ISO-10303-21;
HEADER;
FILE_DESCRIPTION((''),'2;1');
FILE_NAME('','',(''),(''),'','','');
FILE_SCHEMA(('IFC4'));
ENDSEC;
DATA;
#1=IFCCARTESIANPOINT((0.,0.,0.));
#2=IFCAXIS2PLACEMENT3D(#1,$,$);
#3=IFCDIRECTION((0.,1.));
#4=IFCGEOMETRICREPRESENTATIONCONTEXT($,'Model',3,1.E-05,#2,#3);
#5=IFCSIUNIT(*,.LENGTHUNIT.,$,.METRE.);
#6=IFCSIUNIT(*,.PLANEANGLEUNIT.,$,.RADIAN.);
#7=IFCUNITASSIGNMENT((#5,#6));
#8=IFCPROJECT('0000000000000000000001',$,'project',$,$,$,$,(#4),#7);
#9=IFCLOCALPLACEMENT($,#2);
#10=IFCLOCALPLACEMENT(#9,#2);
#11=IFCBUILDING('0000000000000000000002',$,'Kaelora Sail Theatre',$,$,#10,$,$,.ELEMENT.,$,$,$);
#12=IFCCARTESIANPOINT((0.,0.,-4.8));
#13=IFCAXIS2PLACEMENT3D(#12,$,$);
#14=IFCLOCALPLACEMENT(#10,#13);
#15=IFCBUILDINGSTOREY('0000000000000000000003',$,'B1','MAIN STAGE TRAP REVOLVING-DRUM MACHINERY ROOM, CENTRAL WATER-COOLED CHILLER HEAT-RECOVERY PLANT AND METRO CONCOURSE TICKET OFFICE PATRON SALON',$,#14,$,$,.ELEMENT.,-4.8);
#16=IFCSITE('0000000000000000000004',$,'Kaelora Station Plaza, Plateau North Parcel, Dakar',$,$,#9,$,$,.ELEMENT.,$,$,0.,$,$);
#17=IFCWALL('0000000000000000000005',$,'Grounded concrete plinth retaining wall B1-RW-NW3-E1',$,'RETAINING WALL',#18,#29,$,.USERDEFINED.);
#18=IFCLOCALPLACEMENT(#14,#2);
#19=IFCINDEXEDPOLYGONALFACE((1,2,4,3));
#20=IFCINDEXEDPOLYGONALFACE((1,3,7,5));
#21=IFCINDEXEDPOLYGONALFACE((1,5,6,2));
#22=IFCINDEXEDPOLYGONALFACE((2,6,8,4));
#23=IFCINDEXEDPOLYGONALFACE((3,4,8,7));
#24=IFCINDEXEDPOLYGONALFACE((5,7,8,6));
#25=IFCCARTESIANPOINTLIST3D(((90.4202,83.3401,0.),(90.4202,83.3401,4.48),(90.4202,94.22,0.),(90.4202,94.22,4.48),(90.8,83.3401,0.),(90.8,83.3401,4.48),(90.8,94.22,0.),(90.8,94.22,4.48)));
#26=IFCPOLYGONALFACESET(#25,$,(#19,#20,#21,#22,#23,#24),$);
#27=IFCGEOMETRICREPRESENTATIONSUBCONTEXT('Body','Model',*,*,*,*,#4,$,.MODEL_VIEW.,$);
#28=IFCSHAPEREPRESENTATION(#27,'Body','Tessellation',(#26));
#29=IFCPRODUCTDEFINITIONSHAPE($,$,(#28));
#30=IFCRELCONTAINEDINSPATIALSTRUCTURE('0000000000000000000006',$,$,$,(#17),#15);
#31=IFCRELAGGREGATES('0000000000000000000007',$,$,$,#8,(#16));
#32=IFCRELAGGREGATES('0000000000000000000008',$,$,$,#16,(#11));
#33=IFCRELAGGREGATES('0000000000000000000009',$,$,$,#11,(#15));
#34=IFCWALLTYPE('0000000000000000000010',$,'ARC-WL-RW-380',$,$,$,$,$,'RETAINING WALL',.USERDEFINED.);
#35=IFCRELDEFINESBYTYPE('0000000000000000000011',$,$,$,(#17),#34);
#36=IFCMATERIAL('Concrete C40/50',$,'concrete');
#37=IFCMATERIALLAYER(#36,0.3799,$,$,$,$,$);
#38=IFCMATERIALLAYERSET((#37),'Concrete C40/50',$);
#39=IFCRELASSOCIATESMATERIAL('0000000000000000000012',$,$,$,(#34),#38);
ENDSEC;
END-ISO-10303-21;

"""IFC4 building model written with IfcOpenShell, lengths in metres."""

from ifc_helpers import new_model, si_unit, direction, frame, frame_2d, origin, place, context, subcontext, project, spatial, rectangle, extrude, material, layer, layer_set, type_object, element, save


model = new_model("IFC4")

# Units and contexts
model_context = context("Model", 3, precision=1e-05, world=origin(), true_north=direction((0.0, 1.0)))
body_context = subcontext(model_context, "Body", "Model", "MODEL_VIEW")
ifc_project = project(units=[si_unit("LENGTHUNIT", "METRE"), si_unit("PLANEANGLEUNIT", "RADIAN")], contexts=[model_context])

# Site, building, storey
site_placement = place(None, origin())
site = spatial("IfcSite", under=ifc_project, at=site_placement, Name="Kaelora Station Plaza, Plateau North Parcel, Dakar", CompositionType="ELEMENT", RefElevation=0.0)
building_placement = place(site_placement, origin())
building = spatial("IfcBuilding", under=site, at=building_placement, Name="Kaelora Sail Theatre", CompositionType="ELEMENT")
storey_placement = place(building_placement, frame((0.0, 0.0, -4.8)))
storey = spatial("IfcBuildingStorey", under=building, at=storey_placement, Name="B1", Description="MAIN STAGE TRAP REVOLVING-DRUM MACHINERY ROOM, CENTRAL WATER-COOLED CHILLER HEAT-RECOVERY PLANT AND METRO CONCOURSE TICKET OFFICE PATRON SALON", CompositionType="ELEMENT", Elevation=-4.8)

# Wall
ifc_material_1 = material(Name="Concrete C40/50", Category="concrete")
ifc_layer = layer(ifc_material_1, 0.3799)
ifc_layer_set = layer_set([ifc_layer], Name="Concrete C40/50")
wall_type = type_object("IfcWallType", Name="ARC-WL-RW-380", ElementType="RETAINING WALL", PredefinedType="USERDEFINED", material=ifc_layer_set)
wall_placement = place(storey_placement, frame((90.6101, 83.3401, 0.0), z_axis=(0.0, 0.0, 1.0), x_axis=(0.0, 1.0, 0.0)))
element("IfcWall", 1, at=wall_placement, inside=storey, type_object=wall_type, Name="Grounded concrete plinth retaining wall B1-RW-NW3-E1", ObjectType="RETAINING WALL", PredefinedType="USERDEFINED", context=body_context, shape_type="SweptSolid", body=[
    extrude(rectangle(XDim=10.8799, YDim=0.3799, at=frame_2d((5.4399, 0.0))), origin(), (0.0, 0.0, 1.0), 4.48),
])

save(model, "model.ifc")
